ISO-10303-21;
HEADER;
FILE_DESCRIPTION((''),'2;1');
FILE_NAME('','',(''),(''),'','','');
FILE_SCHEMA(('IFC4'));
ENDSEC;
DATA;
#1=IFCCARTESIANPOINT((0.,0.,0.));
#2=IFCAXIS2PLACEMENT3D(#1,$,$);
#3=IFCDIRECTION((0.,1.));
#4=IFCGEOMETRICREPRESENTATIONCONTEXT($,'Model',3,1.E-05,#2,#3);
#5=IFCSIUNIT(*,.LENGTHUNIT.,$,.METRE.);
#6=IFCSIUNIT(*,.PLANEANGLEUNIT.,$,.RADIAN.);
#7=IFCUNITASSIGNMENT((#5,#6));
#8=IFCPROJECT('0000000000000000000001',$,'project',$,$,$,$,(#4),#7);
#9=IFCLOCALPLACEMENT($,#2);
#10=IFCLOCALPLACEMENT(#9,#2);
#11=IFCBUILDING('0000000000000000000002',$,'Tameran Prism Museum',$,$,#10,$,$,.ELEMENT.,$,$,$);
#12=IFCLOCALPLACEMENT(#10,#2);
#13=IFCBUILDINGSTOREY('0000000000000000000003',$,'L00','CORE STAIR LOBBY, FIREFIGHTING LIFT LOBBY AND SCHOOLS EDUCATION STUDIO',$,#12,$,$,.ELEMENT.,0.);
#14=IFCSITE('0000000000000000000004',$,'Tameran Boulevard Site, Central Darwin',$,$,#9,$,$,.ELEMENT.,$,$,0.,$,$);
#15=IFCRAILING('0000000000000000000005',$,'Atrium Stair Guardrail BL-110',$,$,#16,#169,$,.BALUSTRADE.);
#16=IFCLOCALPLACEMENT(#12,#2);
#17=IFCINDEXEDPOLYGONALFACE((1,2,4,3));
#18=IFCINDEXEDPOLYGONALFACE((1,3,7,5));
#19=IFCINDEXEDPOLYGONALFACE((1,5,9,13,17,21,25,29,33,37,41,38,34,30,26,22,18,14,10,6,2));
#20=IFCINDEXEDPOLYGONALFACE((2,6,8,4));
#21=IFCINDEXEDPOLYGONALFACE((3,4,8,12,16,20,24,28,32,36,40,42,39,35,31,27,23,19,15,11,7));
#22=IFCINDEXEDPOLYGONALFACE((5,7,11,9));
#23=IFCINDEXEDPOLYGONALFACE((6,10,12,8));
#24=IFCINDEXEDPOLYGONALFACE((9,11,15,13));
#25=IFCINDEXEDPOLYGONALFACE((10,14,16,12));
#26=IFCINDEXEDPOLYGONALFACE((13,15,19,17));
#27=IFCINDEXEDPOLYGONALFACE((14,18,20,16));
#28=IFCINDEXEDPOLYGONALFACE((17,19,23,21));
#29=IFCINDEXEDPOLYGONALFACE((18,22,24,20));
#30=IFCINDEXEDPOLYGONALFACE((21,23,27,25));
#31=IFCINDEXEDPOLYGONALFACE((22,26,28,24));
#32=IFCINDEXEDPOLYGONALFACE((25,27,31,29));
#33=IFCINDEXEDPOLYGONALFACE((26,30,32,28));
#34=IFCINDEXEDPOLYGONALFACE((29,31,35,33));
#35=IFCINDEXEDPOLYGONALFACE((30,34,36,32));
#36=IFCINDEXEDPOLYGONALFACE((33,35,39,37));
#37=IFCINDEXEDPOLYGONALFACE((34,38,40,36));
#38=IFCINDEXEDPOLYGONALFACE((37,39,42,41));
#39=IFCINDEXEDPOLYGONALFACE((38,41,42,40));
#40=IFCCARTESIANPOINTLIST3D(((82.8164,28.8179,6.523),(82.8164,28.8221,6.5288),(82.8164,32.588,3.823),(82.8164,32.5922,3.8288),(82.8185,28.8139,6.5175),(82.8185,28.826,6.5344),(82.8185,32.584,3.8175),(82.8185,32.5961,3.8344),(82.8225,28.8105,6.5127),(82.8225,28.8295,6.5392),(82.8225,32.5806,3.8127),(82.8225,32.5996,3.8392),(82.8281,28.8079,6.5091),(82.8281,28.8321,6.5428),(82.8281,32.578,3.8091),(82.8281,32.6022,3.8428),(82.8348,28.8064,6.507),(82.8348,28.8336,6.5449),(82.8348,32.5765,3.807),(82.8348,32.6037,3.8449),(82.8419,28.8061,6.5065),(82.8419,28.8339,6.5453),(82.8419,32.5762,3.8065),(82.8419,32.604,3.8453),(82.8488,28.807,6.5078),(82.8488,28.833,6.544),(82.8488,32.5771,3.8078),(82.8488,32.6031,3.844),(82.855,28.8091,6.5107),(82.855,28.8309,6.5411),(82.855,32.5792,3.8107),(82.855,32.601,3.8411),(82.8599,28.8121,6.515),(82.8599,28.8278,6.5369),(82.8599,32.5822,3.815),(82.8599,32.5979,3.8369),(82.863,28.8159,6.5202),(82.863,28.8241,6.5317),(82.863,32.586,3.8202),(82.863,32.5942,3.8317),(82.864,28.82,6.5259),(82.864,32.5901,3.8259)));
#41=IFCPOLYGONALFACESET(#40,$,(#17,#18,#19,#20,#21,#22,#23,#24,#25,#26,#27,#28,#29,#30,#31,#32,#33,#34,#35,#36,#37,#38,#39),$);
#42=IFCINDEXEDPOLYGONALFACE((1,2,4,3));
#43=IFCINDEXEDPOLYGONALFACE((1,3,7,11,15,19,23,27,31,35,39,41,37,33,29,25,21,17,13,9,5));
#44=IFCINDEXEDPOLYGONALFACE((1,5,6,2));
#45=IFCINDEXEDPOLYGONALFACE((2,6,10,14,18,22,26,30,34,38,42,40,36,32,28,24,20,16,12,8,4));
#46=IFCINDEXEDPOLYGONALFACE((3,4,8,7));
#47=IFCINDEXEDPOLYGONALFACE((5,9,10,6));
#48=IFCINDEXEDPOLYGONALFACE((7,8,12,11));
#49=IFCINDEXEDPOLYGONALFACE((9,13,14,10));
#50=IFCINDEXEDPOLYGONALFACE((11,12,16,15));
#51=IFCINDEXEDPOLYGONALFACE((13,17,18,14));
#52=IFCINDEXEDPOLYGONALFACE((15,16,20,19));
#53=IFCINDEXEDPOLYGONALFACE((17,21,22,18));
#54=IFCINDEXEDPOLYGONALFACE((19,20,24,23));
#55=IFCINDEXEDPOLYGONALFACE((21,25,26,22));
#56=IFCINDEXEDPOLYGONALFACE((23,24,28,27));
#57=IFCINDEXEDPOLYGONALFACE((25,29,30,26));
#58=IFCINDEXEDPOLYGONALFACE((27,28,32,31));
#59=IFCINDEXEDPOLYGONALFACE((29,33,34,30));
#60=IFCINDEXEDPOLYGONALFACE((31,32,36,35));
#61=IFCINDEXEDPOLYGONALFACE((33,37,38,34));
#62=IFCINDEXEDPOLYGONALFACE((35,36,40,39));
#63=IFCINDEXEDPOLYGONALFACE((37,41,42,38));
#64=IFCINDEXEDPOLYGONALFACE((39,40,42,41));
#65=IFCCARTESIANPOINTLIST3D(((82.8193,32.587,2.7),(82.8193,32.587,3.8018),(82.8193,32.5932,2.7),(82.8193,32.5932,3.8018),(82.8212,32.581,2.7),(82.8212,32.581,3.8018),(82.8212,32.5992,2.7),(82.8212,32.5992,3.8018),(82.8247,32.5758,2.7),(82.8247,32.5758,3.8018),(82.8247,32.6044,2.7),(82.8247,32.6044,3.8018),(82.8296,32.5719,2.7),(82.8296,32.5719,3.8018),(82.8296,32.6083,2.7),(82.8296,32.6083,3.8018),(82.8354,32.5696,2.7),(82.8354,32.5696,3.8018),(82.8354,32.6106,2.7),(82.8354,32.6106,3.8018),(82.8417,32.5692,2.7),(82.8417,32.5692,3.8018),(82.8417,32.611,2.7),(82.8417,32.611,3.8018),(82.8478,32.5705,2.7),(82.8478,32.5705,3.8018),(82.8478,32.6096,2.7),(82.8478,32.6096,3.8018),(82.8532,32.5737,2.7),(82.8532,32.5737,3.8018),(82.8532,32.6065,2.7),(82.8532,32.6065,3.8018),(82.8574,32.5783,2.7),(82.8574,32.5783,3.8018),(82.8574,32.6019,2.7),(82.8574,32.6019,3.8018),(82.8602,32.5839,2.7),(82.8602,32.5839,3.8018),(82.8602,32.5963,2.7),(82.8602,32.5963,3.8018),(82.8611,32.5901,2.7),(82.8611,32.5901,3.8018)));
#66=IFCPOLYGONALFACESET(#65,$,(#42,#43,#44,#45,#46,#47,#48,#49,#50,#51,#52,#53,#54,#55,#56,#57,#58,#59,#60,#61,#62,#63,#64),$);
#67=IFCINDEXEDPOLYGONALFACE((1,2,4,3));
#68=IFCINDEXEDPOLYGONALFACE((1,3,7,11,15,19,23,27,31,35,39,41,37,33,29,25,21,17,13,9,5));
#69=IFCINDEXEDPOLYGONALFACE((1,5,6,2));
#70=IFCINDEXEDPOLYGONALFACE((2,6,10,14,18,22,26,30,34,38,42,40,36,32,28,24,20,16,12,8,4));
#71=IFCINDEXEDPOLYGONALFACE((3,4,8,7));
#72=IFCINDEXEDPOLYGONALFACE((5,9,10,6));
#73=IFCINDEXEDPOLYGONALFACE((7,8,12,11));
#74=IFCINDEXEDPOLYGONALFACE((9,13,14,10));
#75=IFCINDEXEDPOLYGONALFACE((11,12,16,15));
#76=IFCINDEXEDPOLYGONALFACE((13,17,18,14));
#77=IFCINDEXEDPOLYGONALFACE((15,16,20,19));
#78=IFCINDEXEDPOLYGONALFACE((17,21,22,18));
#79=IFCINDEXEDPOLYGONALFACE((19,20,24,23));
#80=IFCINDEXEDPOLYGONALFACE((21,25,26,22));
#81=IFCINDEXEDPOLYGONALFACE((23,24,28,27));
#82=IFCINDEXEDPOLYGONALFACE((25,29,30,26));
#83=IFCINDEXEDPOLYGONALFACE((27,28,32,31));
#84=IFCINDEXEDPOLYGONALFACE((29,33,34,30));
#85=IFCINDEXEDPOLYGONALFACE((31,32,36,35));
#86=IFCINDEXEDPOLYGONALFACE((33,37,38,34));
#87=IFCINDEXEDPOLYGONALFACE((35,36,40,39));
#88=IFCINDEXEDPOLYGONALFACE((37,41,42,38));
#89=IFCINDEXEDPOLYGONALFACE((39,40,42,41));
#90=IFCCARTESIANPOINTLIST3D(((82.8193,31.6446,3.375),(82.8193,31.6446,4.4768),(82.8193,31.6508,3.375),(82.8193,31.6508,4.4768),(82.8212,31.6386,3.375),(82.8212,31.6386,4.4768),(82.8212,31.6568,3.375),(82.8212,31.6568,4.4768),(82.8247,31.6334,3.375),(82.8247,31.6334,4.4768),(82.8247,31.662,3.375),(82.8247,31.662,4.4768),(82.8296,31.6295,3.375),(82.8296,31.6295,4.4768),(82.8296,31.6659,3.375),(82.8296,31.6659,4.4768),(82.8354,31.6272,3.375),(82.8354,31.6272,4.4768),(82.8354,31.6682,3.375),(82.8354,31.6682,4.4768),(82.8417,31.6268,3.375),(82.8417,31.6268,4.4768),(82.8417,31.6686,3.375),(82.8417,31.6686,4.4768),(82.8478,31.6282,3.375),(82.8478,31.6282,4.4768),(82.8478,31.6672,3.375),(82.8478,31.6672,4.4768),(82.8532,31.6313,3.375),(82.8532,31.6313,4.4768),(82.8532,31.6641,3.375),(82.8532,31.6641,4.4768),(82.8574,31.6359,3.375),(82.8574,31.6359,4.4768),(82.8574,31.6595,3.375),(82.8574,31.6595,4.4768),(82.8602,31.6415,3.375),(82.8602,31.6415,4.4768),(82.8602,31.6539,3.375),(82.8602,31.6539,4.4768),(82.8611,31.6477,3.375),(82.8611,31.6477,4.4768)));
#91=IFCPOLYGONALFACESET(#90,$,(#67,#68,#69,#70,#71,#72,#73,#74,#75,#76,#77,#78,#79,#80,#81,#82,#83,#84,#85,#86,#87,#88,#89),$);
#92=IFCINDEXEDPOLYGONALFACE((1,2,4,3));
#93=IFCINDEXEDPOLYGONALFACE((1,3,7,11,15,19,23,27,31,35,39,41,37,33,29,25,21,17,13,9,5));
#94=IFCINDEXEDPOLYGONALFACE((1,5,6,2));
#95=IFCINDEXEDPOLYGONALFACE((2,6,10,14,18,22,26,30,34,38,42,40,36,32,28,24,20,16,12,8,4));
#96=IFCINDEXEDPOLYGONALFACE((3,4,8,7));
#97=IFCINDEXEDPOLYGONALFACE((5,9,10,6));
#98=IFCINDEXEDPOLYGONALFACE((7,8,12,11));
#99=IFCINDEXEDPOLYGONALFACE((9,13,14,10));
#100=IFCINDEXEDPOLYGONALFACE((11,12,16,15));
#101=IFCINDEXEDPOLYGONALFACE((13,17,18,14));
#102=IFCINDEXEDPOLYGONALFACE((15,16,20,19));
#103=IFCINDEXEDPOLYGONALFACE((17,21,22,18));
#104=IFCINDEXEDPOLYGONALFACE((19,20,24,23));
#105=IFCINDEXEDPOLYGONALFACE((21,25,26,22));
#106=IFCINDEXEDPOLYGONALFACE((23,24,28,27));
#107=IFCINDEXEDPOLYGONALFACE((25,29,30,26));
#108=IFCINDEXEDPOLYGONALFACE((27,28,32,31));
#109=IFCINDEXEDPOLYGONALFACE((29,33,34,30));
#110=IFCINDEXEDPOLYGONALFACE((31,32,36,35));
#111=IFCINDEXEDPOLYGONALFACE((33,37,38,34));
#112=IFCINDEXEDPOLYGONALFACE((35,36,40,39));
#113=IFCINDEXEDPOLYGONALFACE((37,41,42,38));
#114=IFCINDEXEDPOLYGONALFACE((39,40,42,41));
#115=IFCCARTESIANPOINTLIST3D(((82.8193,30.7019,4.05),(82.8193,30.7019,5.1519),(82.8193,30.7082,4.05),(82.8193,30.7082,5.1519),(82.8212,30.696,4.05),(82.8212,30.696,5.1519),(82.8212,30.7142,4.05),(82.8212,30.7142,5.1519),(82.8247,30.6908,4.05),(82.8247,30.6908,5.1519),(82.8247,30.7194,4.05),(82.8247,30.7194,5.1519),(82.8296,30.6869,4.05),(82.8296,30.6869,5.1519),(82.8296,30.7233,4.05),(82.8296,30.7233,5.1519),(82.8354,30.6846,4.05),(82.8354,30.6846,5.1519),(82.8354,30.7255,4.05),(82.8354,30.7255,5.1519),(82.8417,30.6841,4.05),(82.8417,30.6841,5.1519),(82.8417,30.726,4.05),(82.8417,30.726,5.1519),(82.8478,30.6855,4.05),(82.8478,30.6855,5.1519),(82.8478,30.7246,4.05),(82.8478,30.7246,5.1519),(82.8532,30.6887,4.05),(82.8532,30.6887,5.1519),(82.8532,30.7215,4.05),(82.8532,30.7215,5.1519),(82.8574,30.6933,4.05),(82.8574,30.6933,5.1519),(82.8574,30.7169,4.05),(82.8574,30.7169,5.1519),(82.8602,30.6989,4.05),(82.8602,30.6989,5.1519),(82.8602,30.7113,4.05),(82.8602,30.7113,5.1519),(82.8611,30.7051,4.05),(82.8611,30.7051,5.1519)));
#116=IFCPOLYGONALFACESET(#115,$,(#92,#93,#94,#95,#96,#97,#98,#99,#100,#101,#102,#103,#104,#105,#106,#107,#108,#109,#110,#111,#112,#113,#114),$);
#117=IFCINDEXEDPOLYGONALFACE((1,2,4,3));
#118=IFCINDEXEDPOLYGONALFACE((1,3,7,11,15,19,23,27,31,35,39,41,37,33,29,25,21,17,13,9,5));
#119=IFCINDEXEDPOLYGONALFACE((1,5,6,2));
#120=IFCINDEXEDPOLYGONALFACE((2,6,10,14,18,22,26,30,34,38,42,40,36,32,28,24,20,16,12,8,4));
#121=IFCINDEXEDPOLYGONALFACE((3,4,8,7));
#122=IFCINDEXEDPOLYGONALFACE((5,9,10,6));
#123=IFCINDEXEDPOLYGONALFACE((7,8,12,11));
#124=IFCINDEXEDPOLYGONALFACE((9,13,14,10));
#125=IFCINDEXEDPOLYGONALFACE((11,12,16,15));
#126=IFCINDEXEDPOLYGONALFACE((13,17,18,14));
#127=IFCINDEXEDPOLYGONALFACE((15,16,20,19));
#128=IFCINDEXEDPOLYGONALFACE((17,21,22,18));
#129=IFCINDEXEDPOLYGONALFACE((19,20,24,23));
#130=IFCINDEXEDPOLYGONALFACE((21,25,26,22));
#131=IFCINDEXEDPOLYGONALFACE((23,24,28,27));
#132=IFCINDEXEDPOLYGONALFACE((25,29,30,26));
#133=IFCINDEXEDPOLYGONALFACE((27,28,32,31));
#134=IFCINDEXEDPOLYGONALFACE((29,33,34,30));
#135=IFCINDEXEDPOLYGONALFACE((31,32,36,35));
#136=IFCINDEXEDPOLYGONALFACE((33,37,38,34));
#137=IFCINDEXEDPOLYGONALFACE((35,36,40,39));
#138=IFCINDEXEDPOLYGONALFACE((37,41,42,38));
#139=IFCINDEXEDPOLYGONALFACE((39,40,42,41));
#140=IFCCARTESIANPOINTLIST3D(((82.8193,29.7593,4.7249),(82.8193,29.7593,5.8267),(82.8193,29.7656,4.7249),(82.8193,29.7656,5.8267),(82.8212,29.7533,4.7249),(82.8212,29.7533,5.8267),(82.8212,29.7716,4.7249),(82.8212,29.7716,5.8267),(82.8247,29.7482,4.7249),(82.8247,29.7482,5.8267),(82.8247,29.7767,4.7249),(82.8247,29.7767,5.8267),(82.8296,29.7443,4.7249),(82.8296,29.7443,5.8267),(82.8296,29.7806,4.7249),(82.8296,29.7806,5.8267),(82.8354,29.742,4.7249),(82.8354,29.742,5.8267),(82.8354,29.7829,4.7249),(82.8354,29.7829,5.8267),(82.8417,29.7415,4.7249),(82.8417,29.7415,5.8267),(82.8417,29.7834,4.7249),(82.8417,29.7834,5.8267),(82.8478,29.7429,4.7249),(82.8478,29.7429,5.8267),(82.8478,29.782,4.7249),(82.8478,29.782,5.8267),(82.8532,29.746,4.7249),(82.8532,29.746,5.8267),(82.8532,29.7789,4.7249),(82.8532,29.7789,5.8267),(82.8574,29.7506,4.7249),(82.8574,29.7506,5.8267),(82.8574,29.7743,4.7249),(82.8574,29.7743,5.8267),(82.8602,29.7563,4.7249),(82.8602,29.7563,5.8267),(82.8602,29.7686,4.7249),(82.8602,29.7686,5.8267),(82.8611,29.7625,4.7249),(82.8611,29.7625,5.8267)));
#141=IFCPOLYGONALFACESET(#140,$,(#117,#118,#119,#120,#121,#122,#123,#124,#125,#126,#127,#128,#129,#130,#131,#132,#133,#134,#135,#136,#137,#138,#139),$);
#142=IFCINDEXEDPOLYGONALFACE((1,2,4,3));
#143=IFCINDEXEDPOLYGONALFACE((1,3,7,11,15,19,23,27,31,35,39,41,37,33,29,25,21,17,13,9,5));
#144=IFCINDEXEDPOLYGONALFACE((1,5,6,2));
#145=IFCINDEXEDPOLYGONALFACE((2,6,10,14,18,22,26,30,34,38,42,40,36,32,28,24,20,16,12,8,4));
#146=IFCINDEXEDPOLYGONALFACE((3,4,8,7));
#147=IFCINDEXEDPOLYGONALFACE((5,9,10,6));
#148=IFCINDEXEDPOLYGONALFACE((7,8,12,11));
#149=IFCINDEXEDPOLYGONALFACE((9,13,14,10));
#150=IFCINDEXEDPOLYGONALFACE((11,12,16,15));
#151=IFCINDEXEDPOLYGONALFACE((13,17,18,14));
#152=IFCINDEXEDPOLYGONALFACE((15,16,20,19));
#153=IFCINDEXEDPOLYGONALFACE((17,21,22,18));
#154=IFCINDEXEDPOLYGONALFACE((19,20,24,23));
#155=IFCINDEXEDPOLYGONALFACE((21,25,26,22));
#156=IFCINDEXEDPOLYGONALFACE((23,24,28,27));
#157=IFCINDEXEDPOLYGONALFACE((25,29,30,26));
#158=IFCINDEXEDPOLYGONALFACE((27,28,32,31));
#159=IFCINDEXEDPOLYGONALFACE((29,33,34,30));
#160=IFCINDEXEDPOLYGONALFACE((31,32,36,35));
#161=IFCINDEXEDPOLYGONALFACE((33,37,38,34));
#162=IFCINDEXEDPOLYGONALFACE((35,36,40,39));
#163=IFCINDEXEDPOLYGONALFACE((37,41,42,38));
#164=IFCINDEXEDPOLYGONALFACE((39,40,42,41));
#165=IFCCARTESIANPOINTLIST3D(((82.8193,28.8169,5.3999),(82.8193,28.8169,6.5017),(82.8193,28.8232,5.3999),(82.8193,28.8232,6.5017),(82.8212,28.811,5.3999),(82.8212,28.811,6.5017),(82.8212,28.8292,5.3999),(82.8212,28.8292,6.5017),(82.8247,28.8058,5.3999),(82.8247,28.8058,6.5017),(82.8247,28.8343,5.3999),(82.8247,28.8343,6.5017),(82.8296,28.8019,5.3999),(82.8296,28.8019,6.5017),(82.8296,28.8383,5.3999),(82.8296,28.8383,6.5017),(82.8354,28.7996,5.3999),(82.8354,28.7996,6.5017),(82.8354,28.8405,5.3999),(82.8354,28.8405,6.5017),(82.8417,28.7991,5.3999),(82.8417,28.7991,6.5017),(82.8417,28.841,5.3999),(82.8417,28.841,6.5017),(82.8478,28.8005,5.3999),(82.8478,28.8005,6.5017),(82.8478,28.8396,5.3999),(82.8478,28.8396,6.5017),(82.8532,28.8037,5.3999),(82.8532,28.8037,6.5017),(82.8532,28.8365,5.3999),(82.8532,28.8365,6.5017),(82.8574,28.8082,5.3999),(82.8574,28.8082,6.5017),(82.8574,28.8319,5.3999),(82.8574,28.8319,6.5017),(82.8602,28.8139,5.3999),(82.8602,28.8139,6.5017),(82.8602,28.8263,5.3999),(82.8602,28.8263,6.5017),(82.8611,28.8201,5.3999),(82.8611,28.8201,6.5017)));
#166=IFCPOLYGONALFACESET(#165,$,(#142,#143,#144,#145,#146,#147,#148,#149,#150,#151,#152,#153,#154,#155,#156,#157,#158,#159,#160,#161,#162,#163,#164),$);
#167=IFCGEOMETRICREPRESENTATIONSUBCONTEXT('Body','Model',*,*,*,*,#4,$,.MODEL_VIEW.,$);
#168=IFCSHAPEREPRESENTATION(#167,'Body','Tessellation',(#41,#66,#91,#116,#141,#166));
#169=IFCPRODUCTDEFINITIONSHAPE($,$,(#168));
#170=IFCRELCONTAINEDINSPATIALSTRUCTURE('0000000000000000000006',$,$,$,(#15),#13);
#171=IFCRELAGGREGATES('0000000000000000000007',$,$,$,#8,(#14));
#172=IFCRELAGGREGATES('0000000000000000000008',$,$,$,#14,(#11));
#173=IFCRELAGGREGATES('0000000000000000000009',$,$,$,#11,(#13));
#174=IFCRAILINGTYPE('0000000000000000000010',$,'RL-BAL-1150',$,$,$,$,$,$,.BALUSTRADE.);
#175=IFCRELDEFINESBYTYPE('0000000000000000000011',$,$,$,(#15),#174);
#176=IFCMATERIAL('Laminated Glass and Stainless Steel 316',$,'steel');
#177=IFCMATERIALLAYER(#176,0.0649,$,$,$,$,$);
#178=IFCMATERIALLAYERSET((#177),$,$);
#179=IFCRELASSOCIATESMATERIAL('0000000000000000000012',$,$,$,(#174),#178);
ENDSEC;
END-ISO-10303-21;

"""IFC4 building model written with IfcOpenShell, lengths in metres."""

from ifc_helpers import new_model, si_unit, direction, frame, origin, origin_2d, place, context, subcontext, project, spatial, circle, extrude, material, layer, layer_set, type_object, element, save


model = new_model("IFC4")

# Units and contexts
model_context = context("Model", 3, precision=1e-05, world=origin(), true_north=direction((0.0, 1.0)))
body_context = subcontext(model_context, "Body", "Model", "MODEL_VIEW")
ifc_project = project(units=[si_unit("LENGTHUNIT", "METRE"), si_unit("PLANEANGLEUNIT", "RADIAN")], contexts=[model_context])

# Site, building, storey
site_placement = place(None, origin())
site = spatial("IfcSite", under=ifc_project, at=site_placement, Name="Tameran Boulevard Site, Central Darwin", CompositionType="ELEMENT", RefElevation=0.0)
building_placement = place(site_placement, origin())
building = spatial("IfcBuilding", under=site, at=building_placement, Name="Tameran Prism Museum", CompositionType="ELEMENT")
storey_placement = place(building_placement, origin())
storey = spatial("IfcBuildingStorey", under=building, at=storey_placement, Name="L00", Description="CORE STAIR LOBBY, FIREFIGHTING LIFT LOBBY AND SCHOOLS EDUCATION STUDIO", CompositionType="ELEMENT", Elevation=0.0)

# Railing
ifc_material_1 = material(Name="Laminated Glass and Stainless Steel 316", Category="steel")
ifc_layer_1 = layer(ifc_material_1, 0.0649)
ifc_layer_set_1 = layer_set([ifc_layer_1])
railing_type = type_object("IfcRailingType", Name="RL-BAL-1150", PredefinedType="BALUSTRADE", material=ifc_layer_set_1)
for number, where, name in (
    (1, (82.8401, 32.5901, 2.7), "Atrium Stair Guardrail BL-110"),
):
    element("IfcRailing", number, at=place(storey_placement, frame(where)), inside=storey, type_object=railing_type, Name=name, PredefinedType="BALUSTRADE", context=body_context, shape_type="SweptSolid", body=[
        extrude(circle(Radius=0.0239, at=origin_2d()), frame((0.0, 0.0, 1.126), z_axis=(0.0, -0.813011, 0.582249), x_axis=(1.0, 0.0, 0.0)), (0.0, 0.0, 1.0), 4.6372),
        extrude(circle(Radius=0.021, at=origin_2d()), origin(), (0.0, 0.0, 1.0), 1.1018),
        extrude(circle(Radius=0.021, at=origin_2d()), frame((0.0, -0.9424, 0.675)), (0.0, 0.0, 1.0), 1.1018),
        extrude(circle(Radius=0.021, at=origin_2d()), frame((0.0, -1.885, 1.3501)), (0.0, 0.0, 1.0), 1.1018),
        extrude(circle(Radius=0.021, at=origin_2d()), frame((0.0, -2.8276, 2.0249)), (0.0, 0.0, 1.0), 1.1018),
        extrude(circle(Radius=0.021, at=origin_2d()), frame((0.0, -3.77, 2.7)), (0.0, 0.0, 1.0), 1.1018),
    ])

save(model, "model.ifc")
